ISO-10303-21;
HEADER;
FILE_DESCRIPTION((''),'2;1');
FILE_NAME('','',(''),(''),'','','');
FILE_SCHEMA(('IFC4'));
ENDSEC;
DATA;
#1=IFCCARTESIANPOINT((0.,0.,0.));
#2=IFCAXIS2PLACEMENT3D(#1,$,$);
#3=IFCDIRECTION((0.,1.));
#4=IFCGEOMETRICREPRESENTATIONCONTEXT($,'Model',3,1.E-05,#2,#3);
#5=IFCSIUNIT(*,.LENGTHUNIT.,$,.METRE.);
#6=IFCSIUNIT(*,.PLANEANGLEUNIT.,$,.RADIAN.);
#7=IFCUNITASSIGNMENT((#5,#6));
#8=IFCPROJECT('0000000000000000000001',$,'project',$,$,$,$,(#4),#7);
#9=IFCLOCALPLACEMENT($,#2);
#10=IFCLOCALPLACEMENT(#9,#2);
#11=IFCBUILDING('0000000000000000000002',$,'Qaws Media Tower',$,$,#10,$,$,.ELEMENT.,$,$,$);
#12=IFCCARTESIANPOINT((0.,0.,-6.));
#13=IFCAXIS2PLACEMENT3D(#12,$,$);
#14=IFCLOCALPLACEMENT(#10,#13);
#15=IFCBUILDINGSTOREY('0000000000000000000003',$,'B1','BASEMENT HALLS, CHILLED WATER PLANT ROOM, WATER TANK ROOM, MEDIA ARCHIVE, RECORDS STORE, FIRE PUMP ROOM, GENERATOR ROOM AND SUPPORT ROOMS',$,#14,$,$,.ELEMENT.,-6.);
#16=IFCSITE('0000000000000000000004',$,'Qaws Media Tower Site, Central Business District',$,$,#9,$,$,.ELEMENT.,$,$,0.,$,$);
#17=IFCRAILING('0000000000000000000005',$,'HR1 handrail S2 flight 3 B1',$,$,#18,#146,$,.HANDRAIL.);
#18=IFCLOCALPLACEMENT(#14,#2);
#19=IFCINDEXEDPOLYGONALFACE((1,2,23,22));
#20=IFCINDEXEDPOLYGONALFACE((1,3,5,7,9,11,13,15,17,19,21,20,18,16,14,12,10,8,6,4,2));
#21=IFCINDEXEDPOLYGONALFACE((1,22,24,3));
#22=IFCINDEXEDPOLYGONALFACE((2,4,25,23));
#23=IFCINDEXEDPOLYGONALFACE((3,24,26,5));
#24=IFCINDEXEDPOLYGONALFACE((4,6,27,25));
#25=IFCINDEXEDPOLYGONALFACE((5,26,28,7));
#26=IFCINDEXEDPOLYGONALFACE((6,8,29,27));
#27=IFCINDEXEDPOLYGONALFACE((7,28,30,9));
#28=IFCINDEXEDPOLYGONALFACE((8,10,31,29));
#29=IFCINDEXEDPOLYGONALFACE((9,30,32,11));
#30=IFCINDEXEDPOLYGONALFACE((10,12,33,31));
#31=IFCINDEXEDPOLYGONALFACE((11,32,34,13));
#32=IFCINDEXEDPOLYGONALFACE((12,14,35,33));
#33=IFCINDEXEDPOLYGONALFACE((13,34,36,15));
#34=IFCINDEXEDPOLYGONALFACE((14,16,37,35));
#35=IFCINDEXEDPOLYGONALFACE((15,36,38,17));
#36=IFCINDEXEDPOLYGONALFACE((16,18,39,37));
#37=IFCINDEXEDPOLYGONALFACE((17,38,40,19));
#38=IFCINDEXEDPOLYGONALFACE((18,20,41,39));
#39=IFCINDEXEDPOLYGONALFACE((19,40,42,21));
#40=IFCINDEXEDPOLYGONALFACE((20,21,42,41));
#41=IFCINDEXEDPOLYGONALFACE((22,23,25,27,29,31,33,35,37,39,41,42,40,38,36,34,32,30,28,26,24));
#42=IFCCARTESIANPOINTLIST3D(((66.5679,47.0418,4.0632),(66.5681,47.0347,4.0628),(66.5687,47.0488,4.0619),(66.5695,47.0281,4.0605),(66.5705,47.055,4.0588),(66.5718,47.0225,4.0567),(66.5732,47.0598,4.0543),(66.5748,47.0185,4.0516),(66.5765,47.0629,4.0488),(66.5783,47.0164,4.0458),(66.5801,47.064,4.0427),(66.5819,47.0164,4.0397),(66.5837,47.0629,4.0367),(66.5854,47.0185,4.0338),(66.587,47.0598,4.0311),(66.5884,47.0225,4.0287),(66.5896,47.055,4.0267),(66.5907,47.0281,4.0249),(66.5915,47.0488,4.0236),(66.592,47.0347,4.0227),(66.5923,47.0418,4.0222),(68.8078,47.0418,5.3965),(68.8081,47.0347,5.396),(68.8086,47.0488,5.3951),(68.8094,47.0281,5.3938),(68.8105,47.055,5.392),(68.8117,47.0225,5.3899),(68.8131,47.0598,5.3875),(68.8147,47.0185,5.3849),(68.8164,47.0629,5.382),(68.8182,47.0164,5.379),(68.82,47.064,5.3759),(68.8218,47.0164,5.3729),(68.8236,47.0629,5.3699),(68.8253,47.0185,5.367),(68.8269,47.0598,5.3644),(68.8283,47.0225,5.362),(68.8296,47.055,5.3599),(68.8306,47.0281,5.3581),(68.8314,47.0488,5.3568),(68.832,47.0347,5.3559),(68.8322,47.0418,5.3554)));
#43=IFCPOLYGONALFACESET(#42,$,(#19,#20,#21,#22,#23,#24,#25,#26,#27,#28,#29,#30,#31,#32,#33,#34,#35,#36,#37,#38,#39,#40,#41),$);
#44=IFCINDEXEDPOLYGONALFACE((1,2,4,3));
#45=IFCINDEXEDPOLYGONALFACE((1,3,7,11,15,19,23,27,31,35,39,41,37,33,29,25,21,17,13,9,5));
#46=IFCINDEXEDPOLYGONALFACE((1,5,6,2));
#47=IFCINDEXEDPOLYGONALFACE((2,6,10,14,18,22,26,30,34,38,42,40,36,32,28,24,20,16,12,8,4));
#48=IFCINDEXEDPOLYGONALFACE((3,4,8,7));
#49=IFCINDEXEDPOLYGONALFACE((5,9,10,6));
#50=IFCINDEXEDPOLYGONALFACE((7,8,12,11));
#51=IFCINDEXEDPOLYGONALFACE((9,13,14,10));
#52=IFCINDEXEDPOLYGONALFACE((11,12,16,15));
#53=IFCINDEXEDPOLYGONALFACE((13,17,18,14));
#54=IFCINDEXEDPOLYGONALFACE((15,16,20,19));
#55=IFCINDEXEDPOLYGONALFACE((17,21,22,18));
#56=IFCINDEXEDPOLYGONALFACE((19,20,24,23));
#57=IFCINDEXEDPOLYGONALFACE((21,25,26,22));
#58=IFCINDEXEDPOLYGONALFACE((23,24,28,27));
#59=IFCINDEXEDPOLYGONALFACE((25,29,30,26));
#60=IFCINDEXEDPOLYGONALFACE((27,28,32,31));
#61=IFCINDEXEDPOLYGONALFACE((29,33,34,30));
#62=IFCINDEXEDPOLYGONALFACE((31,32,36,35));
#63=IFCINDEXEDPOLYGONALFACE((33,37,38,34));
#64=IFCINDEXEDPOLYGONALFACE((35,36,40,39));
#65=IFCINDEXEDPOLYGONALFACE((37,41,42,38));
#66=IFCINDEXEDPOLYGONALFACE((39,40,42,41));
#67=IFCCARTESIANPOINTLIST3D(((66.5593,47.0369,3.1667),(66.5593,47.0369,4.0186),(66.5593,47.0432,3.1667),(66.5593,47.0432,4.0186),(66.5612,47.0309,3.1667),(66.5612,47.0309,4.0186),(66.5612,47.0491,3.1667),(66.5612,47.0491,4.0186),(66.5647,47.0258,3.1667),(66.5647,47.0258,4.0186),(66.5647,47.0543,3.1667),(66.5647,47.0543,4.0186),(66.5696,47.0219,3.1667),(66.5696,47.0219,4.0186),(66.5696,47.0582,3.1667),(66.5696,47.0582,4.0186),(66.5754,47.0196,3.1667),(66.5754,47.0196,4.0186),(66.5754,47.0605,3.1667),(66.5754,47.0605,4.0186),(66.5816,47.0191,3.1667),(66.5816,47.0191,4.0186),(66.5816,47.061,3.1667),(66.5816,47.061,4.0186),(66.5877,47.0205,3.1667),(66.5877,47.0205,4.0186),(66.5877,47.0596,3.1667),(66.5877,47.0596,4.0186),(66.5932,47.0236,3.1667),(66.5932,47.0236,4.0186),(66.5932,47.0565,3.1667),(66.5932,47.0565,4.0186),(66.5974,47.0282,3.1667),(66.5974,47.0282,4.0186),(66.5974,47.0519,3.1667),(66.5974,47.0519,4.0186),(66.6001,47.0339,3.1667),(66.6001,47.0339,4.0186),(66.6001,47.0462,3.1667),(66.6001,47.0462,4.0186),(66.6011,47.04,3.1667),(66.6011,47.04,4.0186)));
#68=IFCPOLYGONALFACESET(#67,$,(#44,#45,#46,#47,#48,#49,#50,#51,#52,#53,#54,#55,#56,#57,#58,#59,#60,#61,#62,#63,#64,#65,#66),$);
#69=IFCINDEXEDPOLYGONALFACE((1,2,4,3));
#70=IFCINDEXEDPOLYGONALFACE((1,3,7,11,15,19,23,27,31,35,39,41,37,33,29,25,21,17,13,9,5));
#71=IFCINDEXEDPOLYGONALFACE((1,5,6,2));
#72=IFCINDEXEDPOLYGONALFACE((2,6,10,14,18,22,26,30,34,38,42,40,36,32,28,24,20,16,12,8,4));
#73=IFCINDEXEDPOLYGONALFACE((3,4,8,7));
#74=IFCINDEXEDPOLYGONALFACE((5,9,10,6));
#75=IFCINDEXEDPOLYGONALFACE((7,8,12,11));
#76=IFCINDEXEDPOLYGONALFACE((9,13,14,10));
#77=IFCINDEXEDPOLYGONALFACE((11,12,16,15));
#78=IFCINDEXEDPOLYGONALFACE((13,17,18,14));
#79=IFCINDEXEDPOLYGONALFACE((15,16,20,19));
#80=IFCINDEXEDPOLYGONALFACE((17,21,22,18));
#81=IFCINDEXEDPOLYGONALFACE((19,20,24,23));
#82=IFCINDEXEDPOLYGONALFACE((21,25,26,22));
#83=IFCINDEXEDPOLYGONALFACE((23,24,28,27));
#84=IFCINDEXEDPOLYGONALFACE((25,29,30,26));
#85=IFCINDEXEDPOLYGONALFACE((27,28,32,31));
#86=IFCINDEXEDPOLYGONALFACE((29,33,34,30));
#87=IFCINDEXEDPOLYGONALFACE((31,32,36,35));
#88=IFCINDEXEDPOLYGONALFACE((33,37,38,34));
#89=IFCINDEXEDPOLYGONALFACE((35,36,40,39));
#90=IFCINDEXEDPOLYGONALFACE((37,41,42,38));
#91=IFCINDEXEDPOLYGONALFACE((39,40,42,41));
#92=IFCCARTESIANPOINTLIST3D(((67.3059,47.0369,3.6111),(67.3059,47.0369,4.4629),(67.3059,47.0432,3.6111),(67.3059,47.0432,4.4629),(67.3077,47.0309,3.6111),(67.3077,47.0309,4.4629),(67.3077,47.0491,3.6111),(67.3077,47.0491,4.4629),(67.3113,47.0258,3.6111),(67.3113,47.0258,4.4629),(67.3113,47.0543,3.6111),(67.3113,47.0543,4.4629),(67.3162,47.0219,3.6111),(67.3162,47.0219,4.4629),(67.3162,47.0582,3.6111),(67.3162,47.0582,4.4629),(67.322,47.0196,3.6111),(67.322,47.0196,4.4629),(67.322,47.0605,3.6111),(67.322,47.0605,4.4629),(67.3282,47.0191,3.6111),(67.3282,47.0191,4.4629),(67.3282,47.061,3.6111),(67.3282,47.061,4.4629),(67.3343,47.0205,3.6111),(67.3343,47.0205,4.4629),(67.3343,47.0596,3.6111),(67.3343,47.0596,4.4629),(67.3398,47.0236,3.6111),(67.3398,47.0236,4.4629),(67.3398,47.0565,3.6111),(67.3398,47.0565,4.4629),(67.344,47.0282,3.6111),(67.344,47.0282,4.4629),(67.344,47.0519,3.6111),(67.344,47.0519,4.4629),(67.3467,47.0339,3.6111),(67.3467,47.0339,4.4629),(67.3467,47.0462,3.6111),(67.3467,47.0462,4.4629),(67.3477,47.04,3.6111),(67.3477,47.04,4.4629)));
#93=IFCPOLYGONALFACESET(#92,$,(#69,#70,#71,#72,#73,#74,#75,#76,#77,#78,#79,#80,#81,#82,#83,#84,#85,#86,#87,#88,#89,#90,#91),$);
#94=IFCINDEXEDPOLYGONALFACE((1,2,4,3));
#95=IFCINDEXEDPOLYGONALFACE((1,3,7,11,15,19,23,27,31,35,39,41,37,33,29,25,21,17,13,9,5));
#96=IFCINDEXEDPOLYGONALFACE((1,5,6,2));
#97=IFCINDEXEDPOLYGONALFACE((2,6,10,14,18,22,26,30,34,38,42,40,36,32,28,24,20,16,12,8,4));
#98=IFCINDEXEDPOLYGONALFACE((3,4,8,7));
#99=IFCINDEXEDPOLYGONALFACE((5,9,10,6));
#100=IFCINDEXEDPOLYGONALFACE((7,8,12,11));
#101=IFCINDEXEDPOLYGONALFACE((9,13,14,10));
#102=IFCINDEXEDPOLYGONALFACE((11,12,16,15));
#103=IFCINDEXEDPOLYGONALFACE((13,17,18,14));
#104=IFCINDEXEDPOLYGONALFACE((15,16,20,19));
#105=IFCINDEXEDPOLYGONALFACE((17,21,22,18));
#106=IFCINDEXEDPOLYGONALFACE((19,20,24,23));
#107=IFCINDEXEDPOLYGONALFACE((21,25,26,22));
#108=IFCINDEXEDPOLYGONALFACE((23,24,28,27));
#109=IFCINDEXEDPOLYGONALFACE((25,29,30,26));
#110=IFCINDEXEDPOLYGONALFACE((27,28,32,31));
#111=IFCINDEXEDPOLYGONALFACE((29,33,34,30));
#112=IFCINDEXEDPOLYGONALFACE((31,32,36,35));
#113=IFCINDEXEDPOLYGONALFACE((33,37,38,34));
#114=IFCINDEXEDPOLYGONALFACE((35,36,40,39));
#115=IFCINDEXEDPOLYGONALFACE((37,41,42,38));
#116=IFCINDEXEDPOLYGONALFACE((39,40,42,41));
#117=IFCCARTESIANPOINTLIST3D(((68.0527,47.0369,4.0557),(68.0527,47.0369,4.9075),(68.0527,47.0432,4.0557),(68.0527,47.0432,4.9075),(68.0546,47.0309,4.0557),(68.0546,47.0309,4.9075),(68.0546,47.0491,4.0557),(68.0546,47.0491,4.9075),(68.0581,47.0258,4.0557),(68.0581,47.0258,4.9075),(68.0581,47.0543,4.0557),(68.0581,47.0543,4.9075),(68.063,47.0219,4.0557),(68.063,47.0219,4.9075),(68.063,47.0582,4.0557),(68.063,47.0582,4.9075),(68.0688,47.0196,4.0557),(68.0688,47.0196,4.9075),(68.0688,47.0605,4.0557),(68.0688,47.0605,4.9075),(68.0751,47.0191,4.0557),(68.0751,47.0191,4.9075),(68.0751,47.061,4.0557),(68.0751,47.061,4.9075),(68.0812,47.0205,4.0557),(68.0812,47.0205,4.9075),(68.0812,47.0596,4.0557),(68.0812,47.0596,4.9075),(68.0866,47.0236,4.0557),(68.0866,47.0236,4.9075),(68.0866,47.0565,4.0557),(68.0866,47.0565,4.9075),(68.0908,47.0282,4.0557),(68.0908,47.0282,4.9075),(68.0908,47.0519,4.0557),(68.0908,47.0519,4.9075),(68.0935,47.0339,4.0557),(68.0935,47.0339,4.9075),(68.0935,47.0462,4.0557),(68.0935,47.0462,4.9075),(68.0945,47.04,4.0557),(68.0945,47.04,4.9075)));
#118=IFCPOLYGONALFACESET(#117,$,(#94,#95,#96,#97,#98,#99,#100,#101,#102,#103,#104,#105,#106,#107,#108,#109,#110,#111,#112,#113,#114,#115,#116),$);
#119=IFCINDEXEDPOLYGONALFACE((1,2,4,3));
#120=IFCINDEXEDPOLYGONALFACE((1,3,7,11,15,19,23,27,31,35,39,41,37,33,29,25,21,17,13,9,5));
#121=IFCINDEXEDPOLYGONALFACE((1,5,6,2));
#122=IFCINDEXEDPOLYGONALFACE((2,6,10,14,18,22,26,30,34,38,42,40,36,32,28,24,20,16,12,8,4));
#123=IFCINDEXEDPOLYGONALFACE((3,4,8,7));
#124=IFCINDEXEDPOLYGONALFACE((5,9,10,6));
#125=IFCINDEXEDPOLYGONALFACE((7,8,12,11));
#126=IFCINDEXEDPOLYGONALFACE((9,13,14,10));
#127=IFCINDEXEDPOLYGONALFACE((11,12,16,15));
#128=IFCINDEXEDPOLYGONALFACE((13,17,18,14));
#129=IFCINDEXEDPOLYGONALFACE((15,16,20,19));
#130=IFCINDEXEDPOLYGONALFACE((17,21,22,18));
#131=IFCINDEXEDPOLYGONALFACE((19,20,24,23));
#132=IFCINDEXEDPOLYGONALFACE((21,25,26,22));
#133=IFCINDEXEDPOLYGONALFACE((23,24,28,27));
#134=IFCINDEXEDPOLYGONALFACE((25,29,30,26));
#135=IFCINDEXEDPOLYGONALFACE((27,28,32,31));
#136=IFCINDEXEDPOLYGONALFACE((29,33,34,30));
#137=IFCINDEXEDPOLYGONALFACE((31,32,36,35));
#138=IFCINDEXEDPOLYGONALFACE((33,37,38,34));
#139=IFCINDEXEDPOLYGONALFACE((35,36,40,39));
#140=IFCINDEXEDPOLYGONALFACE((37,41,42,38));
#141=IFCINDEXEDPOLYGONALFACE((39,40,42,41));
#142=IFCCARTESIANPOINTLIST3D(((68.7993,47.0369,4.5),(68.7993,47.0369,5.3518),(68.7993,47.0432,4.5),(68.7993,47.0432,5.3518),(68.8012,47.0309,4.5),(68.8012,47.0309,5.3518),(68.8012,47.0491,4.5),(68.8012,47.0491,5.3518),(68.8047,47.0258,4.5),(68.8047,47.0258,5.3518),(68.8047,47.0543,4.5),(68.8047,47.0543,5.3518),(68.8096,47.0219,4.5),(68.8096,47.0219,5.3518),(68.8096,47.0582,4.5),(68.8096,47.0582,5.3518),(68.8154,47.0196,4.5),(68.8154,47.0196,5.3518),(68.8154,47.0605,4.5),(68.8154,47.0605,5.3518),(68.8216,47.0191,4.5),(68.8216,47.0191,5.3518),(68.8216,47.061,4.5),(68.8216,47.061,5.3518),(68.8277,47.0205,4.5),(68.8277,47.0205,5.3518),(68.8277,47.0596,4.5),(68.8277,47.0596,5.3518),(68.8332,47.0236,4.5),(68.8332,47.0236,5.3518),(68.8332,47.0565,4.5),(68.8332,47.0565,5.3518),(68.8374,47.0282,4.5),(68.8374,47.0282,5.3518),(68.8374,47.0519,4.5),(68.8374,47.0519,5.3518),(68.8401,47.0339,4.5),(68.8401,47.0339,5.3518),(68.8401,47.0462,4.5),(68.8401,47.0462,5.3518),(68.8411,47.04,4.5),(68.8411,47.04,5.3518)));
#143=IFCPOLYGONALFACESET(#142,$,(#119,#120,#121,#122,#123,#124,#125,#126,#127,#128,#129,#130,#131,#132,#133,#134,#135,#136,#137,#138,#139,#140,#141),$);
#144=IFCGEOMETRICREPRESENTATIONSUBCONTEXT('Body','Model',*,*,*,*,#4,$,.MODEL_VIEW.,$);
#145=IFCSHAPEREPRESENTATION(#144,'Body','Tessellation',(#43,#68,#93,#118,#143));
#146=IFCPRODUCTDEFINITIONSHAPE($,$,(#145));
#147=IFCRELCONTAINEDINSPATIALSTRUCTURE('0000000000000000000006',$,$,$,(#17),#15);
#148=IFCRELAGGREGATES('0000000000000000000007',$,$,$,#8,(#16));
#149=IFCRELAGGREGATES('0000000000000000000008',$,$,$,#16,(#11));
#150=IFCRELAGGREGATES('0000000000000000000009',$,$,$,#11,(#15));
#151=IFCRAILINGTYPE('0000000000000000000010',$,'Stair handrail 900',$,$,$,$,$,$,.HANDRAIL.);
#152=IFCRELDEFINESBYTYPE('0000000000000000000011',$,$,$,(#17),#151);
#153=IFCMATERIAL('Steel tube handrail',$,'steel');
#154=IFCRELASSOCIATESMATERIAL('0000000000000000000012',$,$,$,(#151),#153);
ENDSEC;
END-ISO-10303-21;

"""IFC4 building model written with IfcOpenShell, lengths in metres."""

from ifc_helpers import new_model, si_unit, direction, frame, origin, origin_2d, place, context, subcontext, project, spatial, circle, extrude, material, type_object, element, save


model = new_model("IFC4")

# Units and contexts
model_context = context("Model", 3, precision=1e-05, world=origin(), true_north=direction((0.0, 1.0)))
body_context = subcontext(model_context, "Body", "Model", "MODEL_VIEW")
ifc_project = project(units=[si_unit("LENGTHUNIT", "METRE"), si_unit("PLANEANGLEUNIT", "RADIAN")], contexts=[model_context])

# Site, building, storey
site_placement = place(None, origin())
site = spatial("IfcSite", under=ifc_project, at=site_placement, Name="Qaws Media Tower Site, Central Business District", CompositionType="ELEMENT", RefElevation=0.0)
building_placement = place(site_placement, origin())
building = spatial("IfcBuilding", under=site, at=building_placement, Name="Qaws Media Tower", CompositionType="ELEMENT")
storey_placement = place(building_placement, frame((0.0, 0.0, -6.0)))
storey = spatial("IfcBuildingStorey", under=building, at=storey_placement, Name="B1", Description="BASEMENT HALLS, CHILLED WATER PLANT ROOM, WATER TANK ROOM, MEDIA ARCHIVE, RECORDS STORE, FIRE PUMP ROOM, GENERATOR ROOM AND SUPPORT ROOMS", CompositionType="ELEMENT", Elevation=-6.0)

# Railing
ifc_material_1 = material(Name="Steel tube handrail", Category="steel")
railing_type = type_object("IfcRailingType", Name="Stair handrail 900", PredefinedType="HANDRAIL", material=ifc_material_1)
for number, where, name in (
    (1, (66.5801, 47.04, 3.1667), "HR1 handrail S2 flight 3 B1"),
):
    element("IfcRailing", number, at=place(storey_placement, frame(where)), inside=storey, type_object=railing_type, Name=name, PredefinedType="HANDRAIL", context=body_context, shape_type="SweptSolid", body=[
        extrude(circle(Radius=0.0239, at=origin_2d()), frame((0.0, 0.0, 0.876), z_axis=(0.859306, 0.0, 0.511462), x_axis=(0.0, 1.0, 0.0)), (0.0, 0.0, 1.0), 2.6067),
        extrude(circle(Radius=0.021, at=origin_2d()), origin(), (0.0, 0.0, 1.0), 0.8518),
        extrude(circle(Radius=0.021, at=origin_2d()), frame((0.7466, 0.0, 0.4443)), (0.0, 0.0, 1.0), 0.8518),
        extrude(circle(Radius=0.021, at=origin_2d()), frame((1.4934, 0.0, 0.8889)), (0.0, 0.0, 1.0), 0.8518),
        extrude(circle(Radius=0.021, at=origin_2d()), frame((2.24, 0.0, 1.3333)), (0.0, 0.0, 1.0), 0.8518),
    ])

save(model, "model.ifc")
